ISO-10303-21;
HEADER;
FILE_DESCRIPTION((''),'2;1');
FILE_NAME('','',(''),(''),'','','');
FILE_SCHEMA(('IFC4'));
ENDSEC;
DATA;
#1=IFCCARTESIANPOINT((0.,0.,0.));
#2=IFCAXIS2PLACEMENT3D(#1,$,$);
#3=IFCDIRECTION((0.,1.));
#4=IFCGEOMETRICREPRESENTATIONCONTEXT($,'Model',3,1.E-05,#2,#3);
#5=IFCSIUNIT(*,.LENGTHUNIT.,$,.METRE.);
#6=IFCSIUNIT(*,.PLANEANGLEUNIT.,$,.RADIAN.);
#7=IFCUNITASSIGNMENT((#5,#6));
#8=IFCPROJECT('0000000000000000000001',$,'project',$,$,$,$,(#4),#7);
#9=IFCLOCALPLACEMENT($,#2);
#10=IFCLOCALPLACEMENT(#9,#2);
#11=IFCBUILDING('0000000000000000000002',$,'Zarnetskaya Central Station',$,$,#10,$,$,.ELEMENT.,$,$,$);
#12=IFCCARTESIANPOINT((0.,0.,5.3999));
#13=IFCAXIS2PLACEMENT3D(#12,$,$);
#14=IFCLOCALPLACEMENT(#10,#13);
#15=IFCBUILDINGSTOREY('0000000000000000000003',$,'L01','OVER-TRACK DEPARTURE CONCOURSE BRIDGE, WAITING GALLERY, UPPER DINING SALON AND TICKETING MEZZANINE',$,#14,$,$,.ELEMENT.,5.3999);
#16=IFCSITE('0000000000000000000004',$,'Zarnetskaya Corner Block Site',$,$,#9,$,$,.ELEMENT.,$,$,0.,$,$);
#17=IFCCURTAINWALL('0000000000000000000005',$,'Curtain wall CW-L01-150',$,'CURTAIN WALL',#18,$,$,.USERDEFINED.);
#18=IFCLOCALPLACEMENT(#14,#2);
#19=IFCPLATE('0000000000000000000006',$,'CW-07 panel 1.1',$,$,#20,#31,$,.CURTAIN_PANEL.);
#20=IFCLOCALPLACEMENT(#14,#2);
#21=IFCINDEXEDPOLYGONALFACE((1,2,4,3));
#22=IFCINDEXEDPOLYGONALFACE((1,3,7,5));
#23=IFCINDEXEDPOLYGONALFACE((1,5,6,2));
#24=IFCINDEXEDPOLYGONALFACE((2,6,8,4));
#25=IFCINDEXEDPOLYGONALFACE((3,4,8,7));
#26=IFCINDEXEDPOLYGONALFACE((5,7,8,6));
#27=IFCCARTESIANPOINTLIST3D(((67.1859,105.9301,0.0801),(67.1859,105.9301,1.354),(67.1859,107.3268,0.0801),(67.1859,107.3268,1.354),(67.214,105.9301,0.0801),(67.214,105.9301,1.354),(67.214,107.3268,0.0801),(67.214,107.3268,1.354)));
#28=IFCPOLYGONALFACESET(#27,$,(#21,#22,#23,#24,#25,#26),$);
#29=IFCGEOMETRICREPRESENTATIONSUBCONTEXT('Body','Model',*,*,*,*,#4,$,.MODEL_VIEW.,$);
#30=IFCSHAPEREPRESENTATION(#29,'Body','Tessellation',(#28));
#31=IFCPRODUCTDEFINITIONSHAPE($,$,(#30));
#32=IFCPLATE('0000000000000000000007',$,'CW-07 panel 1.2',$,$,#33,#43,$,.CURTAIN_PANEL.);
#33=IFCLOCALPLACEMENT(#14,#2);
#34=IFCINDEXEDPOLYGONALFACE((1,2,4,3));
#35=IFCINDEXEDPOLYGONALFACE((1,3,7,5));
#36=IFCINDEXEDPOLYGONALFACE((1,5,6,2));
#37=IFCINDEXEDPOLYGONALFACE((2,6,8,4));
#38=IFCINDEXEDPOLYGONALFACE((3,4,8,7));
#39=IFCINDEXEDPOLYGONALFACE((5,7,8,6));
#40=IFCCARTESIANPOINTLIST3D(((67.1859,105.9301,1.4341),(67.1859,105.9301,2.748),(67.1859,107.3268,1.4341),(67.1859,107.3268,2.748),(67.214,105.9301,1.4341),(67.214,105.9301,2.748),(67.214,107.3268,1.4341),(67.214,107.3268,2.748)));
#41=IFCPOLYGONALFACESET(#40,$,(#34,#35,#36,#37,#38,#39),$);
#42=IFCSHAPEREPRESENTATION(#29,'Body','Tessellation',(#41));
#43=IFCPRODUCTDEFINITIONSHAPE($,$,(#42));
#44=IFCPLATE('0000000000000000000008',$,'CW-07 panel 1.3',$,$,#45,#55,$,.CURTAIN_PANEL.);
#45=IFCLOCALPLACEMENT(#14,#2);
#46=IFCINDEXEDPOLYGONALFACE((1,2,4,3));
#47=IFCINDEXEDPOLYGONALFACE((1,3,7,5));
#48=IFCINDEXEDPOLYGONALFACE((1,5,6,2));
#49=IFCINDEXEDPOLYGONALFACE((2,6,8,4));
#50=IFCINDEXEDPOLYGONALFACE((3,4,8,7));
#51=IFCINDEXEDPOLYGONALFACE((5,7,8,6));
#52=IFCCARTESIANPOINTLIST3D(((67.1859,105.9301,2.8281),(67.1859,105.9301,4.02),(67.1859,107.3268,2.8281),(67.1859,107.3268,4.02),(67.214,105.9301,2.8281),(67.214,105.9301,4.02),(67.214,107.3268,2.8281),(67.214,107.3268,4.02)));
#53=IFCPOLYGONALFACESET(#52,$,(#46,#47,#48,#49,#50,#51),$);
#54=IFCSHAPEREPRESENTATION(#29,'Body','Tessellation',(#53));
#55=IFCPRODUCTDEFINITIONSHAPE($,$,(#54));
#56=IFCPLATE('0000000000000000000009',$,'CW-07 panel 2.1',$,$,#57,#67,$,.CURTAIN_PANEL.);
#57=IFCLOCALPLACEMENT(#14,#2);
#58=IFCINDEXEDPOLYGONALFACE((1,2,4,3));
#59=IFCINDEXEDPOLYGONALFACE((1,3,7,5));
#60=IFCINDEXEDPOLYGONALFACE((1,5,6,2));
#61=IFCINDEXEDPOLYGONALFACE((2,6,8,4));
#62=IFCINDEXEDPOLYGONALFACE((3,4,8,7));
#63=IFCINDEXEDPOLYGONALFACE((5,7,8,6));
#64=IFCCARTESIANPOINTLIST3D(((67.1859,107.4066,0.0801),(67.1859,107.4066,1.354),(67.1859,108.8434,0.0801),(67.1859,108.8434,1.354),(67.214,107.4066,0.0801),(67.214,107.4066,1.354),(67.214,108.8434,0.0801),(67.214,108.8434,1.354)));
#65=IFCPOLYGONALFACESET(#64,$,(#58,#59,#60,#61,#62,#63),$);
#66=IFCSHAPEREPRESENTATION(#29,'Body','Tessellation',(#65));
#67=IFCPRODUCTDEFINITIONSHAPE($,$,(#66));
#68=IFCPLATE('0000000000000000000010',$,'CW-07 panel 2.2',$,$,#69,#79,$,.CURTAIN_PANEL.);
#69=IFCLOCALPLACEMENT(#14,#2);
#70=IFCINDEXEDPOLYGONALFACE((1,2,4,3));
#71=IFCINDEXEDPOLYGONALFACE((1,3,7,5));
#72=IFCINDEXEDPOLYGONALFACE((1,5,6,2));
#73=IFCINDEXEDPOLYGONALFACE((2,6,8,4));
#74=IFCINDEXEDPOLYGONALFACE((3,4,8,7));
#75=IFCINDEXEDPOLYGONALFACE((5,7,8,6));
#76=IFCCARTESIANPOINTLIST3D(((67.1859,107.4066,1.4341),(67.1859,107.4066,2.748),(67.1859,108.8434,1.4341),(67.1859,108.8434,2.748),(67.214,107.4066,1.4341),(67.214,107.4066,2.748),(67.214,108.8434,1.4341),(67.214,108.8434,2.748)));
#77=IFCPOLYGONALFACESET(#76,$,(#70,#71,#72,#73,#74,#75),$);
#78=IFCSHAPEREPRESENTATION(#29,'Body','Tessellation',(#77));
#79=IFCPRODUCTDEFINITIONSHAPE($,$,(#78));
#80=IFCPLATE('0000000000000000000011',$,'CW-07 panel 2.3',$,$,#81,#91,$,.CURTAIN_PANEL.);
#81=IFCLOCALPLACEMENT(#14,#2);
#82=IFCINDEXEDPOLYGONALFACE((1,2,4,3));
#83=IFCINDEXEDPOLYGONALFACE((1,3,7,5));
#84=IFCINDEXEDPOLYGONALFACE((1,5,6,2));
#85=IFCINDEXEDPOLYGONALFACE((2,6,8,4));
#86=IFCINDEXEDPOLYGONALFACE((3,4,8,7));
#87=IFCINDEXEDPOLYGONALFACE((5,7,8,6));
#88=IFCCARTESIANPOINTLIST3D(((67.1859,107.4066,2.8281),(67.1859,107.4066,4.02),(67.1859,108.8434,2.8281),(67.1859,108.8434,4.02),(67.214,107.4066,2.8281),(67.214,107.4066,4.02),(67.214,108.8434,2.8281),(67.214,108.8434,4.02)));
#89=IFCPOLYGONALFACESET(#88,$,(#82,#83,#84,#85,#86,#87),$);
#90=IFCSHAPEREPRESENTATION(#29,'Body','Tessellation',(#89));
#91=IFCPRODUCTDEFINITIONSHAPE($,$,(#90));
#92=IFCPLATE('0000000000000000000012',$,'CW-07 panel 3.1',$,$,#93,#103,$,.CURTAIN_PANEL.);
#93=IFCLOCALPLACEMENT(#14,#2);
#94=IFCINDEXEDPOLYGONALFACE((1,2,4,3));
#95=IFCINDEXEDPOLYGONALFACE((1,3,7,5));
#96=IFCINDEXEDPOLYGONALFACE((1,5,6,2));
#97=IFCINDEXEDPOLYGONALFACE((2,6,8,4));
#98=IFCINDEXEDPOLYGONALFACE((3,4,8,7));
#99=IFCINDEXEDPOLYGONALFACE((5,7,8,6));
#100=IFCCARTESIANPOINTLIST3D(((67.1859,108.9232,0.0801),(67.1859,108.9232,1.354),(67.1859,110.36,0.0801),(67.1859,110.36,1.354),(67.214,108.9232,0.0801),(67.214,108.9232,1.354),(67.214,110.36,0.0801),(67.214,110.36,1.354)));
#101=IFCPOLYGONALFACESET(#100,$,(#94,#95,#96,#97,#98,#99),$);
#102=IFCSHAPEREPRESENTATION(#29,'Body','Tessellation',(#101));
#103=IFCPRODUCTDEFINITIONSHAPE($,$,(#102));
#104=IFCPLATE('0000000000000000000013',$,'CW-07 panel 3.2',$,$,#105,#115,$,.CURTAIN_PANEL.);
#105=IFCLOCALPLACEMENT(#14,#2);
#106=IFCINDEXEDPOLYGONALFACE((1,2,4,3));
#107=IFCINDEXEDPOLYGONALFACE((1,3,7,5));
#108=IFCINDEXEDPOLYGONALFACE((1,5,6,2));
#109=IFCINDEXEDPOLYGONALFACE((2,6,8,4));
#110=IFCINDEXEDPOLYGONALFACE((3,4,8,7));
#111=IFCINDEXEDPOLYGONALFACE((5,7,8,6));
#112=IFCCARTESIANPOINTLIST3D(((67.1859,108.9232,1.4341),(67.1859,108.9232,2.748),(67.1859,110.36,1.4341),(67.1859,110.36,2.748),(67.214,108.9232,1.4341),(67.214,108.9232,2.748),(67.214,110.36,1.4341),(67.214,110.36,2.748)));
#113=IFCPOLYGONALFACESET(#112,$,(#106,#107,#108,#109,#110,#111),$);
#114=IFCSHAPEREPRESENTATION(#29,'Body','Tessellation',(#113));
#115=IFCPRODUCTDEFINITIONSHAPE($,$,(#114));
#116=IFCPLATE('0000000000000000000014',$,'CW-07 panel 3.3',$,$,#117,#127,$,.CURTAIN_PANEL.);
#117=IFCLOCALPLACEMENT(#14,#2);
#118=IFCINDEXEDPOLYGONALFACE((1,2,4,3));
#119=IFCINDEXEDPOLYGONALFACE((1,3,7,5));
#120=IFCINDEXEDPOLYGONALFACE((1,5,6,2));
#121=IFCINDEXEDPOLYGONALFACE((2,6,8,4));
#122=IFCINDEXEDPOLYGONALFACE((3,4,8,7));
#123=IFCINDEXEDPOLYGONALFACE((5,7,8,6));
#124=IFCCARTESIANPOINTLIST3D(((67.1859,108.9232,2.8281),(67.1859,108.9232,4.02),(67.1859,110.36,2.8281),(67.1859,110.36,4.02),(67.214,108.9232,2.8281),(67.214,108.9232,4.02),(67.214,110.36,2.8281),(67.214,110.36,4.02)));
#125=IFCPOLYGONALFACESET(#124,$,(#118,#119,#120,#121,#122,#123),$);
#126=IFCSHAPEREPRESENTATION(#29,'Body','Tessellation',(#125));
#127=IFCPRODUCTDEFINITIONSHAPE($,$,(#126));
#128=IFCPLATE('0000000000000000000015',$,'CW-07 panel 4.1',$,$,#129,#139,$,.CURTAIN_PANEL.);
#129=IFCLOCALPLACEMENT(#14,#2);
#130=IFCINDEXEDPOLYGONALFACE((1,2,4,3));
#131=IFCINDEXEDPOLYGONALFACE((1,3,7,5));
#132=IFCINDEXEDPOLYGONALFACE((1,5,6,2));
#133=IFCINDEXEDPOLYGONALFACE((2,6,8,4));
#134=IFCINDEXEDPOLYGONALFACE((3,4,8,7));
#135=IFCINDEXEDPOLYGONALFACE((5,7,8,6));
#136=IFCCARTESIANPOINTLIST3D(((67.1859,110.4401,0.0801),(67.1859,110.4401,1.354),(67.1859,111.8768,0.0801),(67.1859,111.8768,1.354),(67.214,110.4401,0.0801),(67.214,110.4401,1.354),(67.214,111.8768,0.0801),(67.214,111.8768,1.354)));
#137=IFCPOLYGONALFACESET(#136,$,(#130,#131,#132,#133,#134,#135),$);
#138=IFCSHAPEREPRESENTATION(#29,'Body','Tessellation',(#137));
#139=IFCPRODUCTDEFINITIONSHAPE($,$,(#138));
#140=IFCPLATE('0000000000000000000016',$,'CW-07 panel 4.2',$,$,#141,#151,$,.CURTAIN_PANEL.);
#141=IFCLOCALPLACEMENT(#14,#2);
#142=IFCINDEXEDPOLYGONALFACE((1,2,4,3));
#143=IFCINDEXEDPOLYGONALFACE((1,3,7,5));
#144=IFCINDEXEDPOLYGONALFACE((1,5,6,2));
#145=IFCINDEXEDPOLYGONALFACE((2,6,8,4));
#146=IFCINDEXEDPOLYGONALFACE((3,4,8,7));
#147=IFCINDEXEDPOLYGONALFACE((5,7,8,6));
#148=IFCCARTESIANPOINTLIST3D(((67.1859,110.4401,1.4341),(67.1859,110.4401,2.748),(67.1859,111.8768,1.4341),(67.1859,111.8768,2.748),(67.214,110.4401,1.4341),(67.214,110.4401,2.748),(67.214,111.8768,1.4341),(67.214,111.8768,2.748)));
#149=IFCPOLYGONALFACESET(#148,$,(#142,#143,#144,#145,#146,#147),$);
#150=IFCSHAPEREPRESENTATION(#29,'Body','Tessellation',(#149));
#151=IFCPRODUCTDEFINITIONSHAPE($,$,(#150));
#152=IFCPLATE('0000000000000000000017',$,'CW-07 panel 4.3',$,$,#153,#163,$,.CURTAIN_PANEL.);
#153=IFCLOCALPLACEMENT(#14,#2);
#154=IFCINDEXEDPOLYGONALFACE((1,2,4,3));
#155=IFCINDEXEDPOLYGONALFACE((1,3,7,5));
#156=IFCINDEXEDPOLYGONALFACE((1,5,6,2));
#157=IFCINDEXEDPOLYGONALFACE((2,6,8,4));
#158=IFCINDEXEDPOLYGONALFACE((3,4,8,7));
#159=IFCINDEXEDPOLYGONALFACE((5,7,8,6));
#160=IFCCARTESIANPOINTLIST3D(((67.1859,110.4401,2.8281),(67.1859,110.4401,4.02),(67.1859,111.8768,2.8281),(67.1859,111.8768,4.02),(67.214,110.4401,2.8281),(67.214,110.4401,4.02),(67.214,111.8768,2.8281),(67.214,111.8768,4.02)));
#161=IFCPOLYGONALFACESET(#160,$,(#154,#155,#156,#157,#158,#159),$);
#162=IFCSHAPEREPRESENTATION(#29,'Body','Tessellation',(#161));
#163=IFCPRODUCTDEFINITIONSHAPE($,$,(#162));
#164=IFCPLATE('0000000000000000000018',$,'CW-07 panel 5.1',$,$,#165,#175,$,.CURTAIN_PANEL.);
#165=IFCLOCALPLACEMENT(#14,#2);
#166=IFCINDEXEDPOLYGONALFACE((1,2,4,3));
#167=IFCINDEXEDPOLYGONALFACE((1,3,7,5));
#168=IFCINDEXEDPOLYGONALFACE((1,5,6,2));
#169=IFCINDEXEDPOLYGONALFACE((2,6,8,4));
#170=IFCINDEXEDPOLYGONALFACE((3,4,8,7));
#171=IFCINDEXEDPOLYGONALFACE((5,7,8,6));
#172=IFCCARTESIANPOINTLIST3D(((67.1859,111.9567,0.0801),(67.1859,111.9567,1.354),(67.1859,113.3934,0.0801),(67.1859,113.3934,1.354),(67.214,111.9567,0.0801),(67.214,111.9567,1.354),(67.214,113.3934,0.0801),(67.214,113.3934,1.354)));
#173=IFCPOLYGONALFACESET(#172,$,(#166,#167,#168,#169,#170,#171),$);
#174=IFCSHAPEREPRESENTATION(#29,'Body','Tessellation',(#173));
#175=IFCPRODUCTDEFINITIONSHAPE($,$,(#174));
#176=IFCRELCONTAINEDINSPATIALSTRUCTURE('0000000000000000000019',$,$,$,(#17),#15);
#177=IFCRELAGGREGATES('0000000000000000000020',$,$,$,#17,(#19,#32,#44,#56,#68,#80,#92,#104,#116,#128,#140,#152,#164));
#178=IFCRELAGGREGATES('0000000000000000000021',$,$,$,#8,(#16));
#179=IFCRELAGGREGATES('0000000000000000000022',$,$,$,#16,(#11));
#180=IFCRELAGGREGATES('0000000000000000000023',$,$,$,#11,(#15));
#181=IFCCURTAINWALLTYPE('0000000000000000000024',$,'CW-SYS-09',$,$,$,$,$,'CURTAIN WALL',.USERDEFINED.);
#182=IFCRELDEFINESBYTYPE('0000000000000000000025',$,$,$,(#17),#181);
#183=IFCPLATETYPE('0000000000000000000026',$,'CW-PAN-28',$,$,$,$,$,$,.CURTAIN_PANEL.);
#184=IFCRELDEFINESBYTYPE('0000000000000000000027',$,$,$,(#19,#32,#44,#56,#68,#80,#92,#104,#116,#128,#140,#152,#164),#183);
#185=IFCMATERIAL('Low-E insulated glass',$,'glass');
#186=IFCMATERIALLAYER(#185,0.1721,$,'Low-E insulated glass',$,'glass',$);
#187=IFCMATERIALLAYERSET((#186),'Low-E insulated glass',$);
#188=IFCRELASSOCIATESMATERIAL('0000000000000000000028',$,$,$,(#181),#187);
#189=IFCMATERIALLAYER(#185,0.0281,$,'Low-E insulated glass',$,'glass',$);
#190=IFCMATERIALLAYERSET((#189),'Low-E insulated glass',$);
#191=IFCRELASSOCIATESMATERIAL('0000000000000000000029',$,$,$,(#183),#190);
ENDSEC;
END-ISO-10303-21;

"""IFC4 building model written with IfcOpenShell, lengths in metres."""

from ifc_helpers import new_model, si_unit, direction, frame, origin, origin_2d, place, context, subcontext, project, spatial, rectangle, extrude, material, layer, layer_set, type_object, element, aggregate, save


model = new_model("IFC4")

# Units and contexts
model_context = context("Model", 3, precision=1e-05, world=origin(), true_north=direction((0.0, 1.0)))
body_context = subcontext(model_context, "Body", "Model", "MODEL_VIEW")
ifc_project = project(units=[si_unit("LENGTHUNIT", "METRE"), si_unit("PLANEANGLEUNIT", "RADIAN")], contexts=[model_context])

# Site, building, storey
site_placement = place(None, origin())
site = spatial("IfcSite", under=ifc_project, at=site_placement, Name="Zarnetskaya Corner Block Site", CompositionType="ELEMENT", RefElevation=0.0)
building_placement = place(site_placement, origin())
building = spatial("IfcBuilding", under=site, at=building_placement, Name="Zarnetskaya Central Station", CompositionType="ELEMENT")
storey_placement = place(building_placement, frame((0.0, 0.0, 5.3999)))
storey = spatial("IfcBuildingStorey", under=building, at=storey_placement, Name="L01", Description="OVER-TRACK DEPARTURE CONCOURSE BRIDGE, WAITING GALLERY, UPPER DINING SALON AND TICKETING MEZZANINE", CompositionType="ELEMENT", Elevation=5.3999)

# Curtain wall, plates
ifc_material_1 = material(Name="Low-E insulated glass", Category="glass")
ifc_layer_1 = layer(ifc_material_1, 0.1721, Name="Low-E insulated glass", Category="glass")
ifc_layer_set_1 = layer_set([ifc_layer_1], Name="Low-E insulated glass")
curtain_wall_type = type_object("IfcCurtainWallType", Name="CW-SYS-09", ElementType="CURTAIN WALL", PredefinedType="USERDEFINED", material=ifc_layer_set_1)
curtain_wall_placement = place(storey_placement, origin())
curtain_wall = element("IfcCurtainWall", 1, at=curtain_wall_placement, inside=storey, type_object=curtain_wall_type, Name="Curtain wall CW-L01-150", ObjectType="CURTAIN WALL", PredefinedType="USERDEFINED")
ifc_layer_2 = layer(ifc_material_1, 0.0281, Name="Low-E insulated glass", Category="glass")
ifc_layer_set_2 = layer_set([ifc_layer_2], Name="Low-E insulated glass")
plate_type = type_object("IfcPlateType", Name="CW-PAN-28", PredefinedType="CURTAIN_PANEL", material=ifc_layer_set_2)
plate_1_placement = place(storey_placement, frame((67.2, 106.6284, 0.0801), z_axis=(0.0, 0.0, 1.0), x_axis=(0.0, 1.0, 0.0)))
plate_1 = element("IfcPlate", 2, at=plate_1_placement, type_object=plate_type, Name="CW-07 panel 1.1", PredefinedType="CURTAIN_PANEL", context=body_context, shape_type="SweptSolid", body=[
    extrude(rectangle(XDim=1.3967, YDim=0.0281, at=origin_2d()), origin(), (0.0, 0.0, 1.0), 1.2739),
])
plate_2_placement = place(storey_placement, frame((67.2, 106.6284, 1.4341), z_axis=(0.0, 0.0, 1.0), x_axis=(0.0, 1.0, 0.0)))
plate_2 = element("IfcPlate", 3, at=plate_2_placement, type_object=plate_type, Name="CW-07 panel 1.2", PredefinedType="CURTAIN_PANEL", context=body_context, shape_type="SweptSolid", body=[
    extrude(rectangle(XDim=1.3967, YDim=0.0281, at=origin_2d()), origin(), (0.0, 0.0, 1.0), 1.314),
])
plate_3_placement = place(storey_placement, frame((67.2, 106.6284, 2.8281), z_axis=(0.0, 0.0, 1.0), x_axis=(0.0, 1.0, 0.0)))
plate_3 = element("IfcPlate", 4, at=plate_3_placement, type_object=plate_type, Name="CW-07 panel 1.3", PredefinedType="CURTAIN_PANEL", context=body_context, shape_type="SweptSolid", body=[
    extrude(rectangle(XDim=1.3967, YDim=0.0281, at=origin_2d()), origin(), (0.0, 0.0, 1.0), 1.1919),
])
plate_4_placement = place(storey_placement, frame((67.2, 108.125, 0.0801), z_axis=(0.0, 0.0, 1.0), x_axis=(0.0, 1.0, 0.0)))
plate_4 = element("IfcPlate", 5, at=plate_4_placement, type_object=plate_type, Name="CW-07 panel 2.1", PredefinedType="CURTAIN_PANEL", context=body_context, shape_type="SweptSolid", body=[
    extrude(rectangle(XDim=1.4368, YDim=0.0281, at=origin_2d()), origin(), (0.0, 0.0, 1.0), 1.2739),
])
plate_5_placement = place(storey_placement, frame((67.2, 108.125, 1.4341), z_axis=(0.0, 0.0, 1.0), x_axis=(0.0, 1.0, 0.0)))
plate_5 = element("IfcPlate", 6, at=plate_5_placement, type_object=plate_type, Name="CW-07 panel 2.2", PredefinedType="CURTAIN_PANEL", context=body_context, shape_type="SweptSolid", body=[
    extrude(rectangle(XDim=1.4368, YDim=0.0281, at=origin_2d()), origin(), (0.0, 0.0, 1.0), 1.314),
])
plate_6_placement = place(storey_placement, frame((67.2, 108.125, 2.8281), z_axis=(0.0, 0.0, 1.0), x_axis=(0.0, 1.0, 0.0)))
plate_6 = element("IfcPlate", 7, at=plate_6_placement, type_object=plate_type, Name="CW-07 panel 2.3", PredefinedType="CURTAIN_PANEL", context=body_context, shape_type="SweptSolid", body=[
    extrude(rectangle(XDim=1.4368, YDim=0.0281, at=origin_2d()), origin(), (0.0, 0.0, 1.0), 1.1919),
])
plate_7_placement = place(storey_placement, frame((67.2, 109.6416, 0.0801), z_axis=(0.0, 0.0, 1.0), x_axis=(0.0, 1.0, 0.0)))
plate_7 = element("IfcPlate", 8, at=plate_7_placement, type_object=plate_type, Name="CW-07 panel 3.1", PredefinedType="CURTAIN_PANEL", context=body_context, shape_type="SweptSolid", body=[
    extrude(rectangle(XDim=1.4368, YDim=0.0281, at=origin_2d()), origin(), (0.0, 0.0, 1.0), 1.2739),
])
plate_8_placement = place(storey_placement, frame((67.2, 109.6416, 1.4341), z_axis=(0.0, 0.0, 1.0), x_axis=(0.0, 1.0, 0.0)))
plate_8 = element("IfcPlate", 9, at=plate_8_placement, type_object=plate_type, Name="CW-07 panel 3.2", PredefinedType="CURTAIN_PANEL", context=body_context, shape_type="SweptSolid", body=[
    extrude(rectangle(XDim=1.4368, YDim=0.0281, at=origin_2d()), origin(), (0.0, 0.0, 1.0), 1.314),
])
plate_9_placement = place(storey_placement, frame((67.2, 109.6416, 2.8281), z_axis=(0.0, 0.0, 1.0), x_axis=(0.0, 1.0, 0.0)))
plate_9 = element("IfcPlate", 10, at=plate_9_placement, type_object=plate_type, Name="CW-07 panel 3.3", PredefinedType="CURTAIN_PANEL", context=body_context, shape_type="SweptSolid", body=[
    extrude(rectangle(XDim=1.4368, YDim=0.0281, at=origin_2d()), origin(), (0.0, 0.0, 1.0), 1.1919),
])
plate_10_placement = place(storey_placement, frame((67.2, 111.1584, 0.0801), z_axis=(0.0, 0.0, 1.0), x_axis=(0.0, 1.0, 0.0)))
plate_10 = element("IfcPlate", 11, at=plate_10_placement, type_object=plate_type, Name="CW-07 panel 4.1", PredefinedType="CURTAIN_PANEL", context=body_context, shape_type="SweptSolid", body=[
    extrude(rectangle(XDim=1.4368, YDim=0.0281, at=origin_2d()), origin(), (0.0, 0.0, 1.0), 1.2739),
])
plate_11_placement = place(storey_placement, frame((67.2, 111.1584, 1.4341), z_axis=(0.0, 0.0, 1.0), x_axis=(0.0, 1.0, 0.0)))
plate_11 = element("IfcPlate", 12, at=plate_11_placement, type_object=plate_type, Name="CW-07 panel 4.2", PredefinedType="CURTAIN_PANEL", context=body_context, shape_type="SweptSolid", body=[
    extrude(rectangle(XDim=1.4368, YDim=0.0281, at=origin_2d()), origin(), (0.0, 0.0, 1.0), 1.314),
])
plate_12_placement = place(storey_placement, frame((67.2, 111.1584, 2.8281), z_axis=(0.0, 0.0, 1.0), x_axis=(0.0, 1.0, 0.0)))
plate_12 = element("IfcPlate", 13, at=plate_12_placement, type_object=plate_type, Name="CW-07 panel 4.3", PredefinedType="CURTAIN_PANEL", context=body_context, shape_type="SweptSolid", body=[
    extrude(rectangle(XDim=1.4368, YDim=0.0281, at=origin_2d()), origin(), (0.0, 0.0, 1.0), 1.1919),
])
plate_13_placement = place(storey_placement, frame((67.2, 112.675, 0.0801), z_axis=(0.0, 0.0, 1.0), x_axis=(0.0, 1.0, 0.0)))
plate_13 = element("IfcPlate", 14, at=plate_13_placement, type_object=plate_type, Name="CW-07 panel 5.1", PredefinedType="CURTAIN_PANEL", context=body_context, shape_type="SweptSolid", body=[
    extrude(rectangle(XDim=1.4368, YDim=0.0281, at=origin_2d()), origin(), (0.0, 0.0, 1.0), 1.2739),
])
aggregate(curtain_wall, [plate_1, plate_2, plate_3, plate_4, plate_5, plate_6, plate_7, plate_8, plate_9, plate_10, plate_11, plate_12, plate_13])

save(model, "model.ifc")
